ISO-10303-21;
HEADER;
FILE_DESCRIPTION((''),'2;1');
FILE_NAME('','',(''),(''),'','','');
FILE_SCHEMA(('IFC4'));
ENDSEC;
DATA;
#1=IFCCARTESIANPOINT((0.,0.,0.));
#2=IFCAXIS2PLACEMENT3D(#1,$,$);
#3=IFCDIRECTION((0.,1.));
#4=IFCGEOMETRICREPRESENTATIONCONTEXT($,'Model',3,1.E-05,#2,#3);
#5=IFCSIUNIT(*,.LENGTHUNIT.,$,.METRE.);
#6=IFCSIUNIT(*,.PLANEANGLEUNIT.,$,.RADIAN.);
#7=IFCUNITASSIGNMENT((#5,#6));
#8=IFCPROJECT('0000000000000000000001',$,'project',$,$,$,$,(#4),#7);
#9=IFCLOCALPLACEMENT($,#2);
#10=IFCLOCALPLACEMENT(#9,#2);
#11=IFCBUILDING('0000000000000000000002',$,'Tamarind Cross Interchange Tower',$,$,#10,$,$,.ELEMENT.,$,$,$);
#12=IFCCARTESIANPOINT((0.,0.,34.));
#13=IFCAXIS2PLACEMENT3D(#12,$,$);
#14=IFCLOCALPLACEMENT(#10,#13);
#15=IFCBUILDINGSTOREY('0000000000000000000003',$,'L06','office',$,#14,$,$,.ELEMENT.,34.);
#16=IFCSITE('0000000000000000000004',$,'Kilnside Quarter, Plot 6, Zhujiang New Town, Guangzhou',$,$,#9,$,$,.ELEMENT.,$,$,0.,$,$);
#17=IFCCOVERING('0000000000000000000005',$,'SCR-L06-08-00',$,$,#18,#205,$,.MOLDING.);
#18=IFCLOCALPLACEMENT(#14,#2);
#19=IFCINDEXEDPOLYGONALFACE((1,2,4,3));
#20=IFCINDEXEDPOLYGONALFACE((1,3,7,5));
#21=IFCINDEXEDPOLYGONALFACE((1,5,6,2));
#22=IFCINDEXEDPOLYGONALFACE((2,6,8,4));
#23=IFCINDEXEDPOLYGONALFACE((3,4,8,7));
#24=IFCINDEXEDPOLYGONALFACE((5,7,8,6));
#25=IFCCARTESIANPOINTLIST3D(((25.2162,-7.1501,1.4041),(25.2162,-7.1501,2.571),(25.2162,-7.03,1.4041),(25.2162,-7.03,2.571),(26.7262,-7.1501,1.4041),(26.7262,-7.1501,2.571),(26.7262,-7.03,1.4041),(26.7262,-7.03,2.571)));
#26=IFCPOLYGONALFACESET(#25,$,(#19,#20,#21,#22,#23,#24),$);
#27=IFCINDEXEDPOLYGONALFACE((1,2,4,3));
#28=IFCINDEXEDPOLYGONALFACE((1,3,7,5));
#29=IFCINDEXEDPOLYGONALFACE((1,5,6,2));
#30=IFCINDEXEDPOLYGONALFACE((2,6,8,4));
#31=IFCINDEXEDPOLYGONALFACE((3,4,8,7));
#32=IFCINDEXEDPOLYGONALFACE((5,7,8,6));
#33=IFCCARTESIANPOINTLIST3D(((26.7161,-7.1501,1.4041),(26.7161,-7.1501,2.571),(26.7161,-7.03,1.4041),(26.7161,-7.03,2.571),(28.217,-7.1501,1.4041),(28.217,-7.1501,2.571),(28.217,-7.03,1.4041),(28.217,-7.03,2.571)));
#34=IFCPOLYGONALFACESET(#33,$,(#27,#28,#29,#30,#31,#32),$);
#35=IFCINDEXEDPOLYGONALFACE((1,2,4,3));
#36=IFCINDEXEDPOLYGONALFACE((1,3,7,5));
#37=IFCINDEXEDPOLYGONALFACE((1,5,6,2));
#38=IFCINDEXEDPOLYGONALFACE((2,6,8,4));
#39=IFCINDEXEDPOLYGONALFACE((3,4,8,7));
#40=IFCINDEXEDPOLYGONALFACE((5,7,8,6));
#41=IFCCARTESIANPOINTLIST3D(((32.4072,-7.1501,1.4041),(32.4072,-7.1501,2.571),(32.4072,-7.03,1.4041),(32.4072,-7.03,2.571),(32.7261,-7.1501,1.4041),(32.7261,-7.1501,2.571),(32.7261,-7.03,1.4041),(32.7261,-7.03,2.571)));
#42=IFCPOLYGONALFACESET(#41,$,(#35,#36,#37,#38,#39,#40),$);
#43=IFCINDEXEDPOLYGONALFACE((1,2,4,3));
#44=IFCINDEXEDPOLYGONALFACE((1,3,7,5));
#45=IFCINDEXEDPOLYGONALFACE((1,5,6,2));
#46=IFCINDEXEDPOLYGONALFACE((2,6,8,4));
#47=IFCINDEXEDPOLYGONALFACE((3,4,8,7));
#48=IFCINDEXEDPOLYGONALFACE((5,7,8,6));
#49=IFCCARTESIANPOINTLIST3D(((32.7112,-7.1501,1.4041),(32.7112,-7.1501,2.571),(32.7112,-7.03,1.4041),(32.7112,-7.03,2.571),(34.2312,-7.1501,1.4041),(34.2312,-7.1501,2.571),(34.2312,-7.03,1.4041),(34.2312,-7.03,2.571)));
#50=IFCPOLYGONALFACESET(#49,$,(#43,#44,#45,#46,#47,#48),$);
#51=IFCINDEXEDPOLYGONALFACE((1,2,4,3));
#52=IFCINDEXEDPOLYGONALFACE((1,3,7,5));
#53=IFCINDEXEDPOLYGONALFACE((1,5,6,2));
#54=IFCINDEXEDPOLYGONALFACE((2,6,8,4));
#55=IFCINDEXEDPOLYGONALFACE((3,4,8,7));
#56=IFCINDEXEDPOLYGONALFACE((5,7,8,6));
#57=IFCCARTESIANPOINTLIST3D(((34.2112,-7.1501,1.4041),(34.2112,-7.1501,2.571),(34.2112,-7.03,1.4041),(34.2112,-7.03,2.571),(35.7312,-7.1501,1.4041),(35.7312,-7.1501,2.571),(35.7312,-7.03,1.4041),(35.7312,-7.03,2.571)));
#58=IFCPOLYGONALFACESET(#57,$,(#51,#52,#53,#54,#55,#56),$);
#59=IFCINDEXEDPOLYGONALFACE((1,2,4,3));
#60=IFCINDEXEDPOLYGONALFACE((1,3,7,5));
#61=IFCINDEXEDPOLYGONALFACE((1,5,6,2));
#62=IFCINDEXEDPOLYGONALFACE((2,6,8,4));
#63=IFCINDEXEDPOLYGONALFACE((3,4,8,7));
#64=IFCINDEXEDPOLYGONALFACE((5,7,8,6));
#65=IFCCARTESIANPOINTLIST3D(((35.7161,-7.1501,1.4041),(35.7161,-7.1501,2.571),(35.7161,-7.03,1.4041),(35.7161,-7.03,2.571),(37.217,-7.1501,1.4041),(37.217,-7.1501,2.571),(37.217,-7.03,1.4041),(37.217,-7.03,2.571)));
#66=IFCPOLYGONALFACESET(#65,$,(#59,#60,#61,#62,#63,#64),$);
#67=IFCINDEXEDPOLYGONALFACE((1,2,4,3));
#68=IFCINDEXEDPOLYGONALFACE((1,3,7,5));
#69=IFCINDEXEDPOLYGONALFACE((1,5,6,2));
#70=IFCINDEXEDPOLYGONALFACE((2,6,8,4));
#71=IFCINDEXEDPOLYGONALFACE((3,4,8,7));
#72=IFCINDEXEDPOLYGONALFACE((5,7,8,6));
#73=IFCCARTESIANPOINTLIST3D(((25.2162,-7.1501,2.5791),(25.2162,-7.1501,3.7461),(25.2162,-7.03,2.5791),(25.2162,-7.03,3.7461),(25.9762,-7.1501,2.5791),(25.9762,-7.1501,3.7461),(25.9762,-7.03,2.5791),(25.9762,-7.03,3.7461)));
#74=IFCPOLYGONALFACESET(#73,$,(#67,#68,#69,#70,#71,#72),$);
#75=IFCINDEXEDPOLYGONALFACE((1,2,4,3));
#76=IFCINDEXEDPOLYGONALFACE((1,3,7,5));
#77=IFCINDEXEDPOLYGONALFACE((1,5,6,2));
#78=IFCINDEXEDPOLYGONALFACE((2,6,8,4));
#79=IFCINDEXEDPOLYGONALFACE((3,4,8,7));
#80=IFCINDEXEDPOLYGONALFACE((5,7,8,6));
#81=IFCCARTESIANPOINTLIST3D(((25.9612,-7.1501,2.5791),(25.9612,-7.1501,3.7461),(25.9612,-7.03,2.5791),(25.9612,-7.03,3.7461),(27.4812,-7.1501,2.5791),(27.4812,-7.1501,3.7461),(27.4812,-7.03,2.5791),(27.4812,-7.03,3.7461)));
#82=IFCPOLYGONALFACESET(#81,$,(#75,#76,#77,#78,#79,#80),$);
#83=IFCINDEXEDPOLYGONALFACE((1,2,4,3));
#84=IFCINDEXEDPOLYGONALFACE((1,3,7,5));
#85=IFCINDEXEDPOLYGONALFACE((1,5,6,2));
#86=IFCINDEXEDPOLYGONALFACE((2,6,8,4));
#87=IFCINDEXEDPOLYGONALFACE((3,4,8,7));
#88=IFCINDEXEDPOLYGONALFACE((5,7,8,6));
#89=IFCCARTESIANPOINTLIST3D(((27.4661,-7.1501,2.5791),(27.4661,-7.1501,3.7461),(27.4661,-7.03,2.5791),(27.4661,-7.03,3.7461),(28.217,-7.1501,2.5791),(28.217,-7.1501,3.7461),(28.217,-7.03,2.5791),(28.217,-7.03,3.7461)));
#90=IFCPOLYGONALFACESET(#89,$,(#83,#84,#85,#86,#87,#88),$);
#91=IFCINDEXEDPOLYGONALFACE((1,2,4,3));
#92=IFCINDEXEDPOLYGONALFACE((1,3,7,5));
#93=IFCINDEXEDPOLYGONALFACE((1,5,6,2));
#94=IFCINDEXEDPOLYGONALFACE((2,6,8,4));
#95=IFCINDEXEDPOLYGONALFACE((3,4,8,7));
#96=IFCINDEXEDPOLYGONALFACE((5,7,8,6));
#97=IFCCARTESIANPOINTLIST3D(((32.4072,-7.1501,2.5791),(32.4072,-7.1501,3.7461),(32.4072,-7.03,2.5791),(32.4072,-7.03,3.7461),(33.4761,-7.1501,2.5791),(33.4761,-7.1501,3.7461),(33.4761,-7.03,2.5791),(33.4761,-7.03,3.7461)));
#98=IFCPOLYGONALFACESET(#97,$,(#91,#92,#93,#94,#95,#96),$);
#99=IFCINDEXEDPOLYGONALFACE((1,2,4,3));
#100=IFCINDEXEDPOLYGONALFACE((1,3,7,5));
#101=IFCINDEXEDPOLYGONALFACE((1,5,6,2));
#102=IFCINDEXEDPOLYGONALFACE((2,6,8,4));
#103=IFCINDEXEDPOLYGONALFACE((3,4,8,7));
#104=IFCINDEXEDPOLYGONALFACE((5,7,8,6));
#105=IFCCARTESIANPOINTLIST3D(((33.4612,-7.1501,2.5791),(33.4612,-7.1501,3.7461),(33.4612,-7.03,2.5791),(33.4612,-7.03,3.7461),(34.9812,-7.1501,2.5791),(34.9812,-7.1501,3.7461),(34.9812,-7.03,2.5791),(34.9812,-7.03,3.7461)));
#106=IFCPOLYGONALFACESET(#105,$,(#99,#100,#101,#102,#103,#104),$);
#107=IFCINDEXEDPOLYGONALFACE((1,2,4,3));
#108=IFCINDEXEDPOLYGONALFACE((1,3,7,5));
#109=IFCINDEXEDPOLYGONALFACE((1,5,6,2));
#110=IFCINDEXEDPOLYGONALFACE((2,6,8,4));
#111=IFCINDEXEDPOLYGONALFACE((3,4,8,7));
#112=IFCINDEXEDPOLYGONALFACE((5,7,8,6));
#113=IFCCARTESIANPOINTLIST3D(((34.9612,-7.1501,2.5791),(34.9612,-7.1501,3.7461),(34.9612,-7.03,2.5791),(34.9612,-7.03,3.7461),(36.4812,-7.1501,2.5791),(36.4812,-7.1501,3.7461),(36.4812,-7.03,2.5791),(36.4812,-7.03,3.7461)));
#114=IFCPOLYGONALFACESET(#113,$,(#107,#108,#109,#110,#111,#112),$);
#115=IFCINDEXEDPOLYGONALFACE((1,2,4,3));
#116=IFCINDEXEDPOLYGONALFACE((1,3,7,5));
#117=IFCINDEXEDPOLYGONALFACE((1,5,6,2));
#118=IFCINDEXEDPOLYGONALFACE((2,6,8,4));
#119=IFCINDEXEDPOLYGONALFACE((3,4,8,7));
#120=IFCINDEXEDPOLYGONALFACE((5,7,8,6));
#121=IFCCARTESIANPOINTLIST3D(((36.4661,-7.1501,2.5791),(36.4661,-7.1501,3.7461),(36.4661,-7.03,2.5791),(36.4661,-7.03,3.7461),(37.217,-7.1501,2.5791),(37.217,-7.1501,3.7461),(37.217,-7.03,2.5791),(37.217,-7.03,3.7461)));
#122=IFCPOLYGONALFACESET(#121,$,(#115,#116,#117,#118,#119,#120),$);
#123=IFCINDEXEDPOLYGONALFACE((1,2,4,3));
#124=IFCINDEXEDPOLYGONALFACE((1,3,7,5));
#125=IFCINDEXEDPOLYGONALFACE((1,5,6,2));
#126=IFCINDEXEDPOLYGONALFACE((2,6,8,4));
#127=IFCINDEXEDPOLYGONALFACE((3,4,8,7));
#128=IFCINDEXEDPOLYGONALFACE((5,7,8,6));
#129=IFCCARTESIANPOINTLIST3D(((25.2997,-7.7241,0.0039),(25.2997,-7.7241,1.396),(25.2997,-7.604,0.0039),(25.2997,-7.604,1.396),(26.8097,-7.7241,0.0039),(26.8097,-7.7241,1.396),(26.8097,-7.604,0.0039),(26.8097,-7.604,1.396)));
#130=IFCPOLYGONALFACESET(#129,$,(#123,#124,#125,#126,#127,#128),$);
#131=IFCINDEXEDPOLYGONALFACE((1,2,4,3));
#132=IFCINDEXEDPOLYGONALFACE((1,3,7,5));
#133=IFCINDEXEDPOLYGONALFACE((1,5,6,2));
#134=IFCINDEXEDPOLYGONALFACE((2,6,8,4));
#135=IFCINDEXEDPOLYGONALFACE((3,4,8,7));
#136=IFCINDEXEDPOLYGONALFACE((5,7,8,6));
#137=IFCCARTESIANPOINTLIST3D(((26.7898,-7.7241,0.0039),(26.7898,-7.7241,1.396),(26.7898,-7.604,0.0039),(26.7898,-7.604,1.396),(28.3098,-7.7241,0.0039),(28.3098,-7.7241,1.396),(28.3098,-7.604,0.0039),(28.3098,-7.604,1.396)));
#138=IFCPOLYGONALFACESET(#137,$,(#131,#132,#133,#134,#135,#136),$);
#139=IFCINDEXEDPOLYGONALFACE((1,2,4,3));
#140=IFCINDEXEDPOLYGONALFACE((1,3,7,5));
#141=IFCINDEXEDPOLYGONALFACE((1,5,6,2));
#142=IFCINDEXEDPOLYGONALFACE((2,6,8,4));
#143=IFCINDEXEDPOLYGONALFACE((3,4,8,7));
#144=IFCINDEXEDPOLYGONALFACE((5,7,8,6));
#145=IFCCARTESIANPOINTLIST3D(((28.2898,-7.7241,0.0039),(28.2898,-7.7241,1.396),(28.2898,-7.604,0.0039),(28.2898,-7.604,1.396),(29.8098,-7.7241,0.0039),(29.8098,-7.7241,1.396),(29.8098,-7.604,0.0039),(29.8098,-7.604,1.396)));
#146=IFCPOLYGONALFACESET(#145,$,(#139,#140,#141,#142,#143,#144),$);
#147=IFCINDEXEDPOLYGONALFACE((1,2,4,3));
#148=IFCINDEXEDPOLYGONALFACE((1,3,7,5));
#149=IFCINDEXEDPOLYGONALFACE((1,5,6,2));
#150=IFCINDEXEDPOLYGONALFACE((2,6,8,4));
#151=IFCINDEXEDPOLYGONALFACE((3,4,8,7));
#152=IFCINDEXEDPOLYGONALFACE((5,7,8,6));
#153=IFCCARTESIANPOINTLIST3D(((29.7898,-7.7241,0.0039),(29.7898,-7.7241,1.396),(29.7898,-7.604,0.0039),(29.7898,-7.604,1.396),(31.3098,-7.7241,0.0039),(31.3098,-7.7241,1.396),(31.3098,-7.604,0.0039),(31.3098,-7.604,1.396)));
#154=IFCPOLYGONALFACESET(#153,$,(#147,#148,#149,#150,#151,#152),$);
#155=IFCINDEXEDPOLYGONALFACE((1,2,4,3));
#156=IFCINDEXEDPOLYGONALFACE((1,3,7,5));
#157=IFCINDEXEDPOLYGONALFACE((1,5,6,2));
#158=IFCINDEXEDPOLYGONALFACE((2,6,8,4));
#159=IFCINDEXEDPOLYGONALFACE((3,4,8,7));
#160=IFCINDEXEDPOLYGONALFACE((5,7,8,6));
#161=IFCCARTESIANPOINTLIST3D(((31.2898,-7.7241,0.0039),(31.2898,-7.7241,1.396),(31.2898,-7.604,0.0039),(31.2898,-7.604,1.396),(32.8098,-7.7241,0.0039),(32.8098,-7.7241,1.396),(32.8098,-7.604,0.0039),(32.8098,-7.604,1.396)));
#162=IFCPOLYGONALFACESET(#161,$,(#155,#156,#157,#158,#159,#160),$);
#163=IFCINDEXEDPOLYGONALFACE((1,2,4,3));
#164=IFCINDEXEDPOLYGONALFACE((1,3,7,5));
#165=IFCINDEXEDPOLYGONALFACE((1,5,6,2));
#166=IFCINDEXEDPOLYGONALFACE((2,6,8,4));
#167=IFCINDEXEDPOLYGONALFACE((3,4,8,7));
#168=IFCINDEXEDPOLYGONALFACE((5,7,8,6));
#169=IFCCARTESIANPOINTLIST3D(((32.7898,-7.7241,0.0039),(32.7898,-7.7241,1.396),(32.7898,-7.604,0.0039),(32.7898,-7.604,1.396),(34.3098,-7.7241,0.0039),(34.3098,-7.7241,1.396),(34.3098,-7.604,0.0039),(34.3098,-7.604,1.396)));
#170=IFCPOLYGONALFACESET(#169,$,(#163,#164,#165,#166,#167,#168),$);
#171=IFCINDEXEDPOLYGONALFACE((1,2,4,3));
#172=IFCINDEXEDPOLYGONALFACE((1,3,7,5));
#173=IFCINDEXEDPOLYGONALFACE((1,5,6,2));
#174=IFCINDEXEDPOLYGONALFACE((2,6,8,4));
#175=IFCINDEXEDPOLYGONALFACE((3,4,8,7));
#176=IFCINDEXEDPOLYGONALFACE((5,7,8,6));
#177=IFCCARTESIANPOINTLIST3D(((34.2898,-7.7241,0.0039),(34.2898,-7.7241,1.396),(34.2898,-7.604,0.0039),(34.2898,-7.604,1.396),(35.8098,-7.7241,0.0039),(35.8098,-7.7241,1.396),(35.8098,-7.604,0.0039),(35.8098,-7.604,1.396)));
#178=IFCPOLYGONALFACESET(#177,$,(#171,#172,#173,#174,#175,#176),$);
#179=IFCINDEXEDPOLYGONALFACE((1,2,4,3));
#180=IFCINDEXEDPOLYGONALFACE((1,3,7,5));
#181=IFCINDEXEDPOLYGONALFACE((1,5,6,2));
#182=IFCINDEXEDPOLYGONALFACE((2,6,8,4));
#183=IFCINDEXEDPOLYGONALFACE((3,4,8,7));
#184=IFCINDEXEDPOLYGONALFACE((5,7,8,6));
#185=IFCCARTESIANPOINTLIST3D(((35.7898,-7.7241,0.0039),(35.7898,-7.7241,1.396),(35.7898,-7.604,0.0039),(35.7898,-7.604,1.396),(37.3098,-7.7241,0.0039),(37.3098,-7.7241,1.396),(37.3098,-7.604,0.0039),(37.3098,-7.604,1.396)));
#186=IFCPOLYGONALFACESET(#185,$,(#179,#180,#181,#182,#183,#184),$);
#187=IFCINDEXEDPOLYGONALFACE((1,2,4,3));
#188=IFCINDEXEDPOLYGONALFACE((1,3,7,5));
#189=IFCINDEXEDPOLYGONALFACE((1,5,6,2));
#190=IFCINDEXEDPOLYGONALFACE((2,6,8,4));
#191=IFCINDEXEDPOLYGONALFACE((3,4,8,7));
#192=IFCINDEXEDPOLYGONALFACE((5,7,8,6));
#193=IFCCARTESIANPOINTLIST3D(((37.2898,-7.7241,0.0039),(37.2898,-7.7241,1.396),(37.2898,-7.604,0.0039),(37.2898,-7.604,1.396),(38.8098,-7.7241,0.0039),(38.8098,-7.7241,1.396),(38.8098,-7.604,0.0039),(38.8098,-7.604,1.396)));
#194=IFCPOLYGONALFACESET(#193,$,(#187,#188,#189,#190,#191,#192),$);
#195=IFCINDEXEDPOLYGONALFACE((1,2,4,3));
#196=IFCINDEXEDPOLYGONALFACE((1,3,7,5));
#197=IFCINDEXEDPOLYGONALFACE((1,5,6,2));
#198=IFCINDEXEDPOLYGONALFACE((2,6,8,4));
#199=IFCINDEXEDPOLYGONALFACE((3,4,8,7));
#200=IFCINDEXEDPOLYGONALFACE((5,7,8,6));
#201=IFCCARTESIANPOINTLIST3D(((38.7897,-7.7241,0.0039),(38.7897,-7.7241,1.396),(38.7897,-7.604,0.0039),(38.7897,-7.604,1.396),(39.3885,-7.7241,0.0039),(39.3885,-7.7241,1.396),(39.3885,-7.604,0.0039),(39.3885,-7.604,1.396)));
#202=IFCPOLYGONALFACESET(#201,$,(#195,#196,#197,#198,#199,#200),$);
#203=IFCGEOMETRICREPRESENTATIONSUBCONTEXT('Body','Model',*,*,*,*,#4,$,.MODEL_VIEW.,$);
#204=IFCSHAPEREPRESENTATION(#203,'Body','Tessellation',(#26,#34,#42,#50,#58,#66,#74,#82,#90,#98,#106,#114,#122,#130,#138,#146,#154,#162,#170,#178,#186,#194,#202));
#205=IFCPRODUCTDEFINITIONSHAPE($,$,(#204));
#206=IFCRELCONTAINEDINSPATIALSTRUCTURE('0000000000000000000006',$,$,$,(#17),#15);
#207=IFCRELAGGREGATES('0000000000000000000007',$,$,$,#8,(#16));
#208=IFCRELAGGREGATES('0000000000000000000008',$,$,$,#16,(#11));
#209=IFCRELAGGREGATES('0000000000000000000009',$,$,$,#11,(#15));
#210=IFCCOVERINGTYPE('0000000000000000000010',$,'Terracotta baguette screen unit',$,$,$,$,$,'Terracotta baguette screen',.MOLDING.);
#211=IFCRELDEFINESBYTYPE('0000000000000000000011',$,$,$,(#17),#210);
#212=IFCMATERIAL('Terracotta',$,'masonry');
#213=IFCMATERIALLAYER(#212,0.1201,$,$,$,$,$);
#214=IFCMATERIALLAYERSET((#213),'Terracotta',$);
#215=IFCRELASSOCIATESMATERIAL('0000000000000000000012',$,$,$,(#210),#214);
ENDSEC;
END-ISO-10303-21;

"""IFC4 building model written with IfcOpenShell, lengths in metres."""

from ifc_helpers import new_model, si_unit, direction, frame, origin, origin_2d, place, context, subcontext, project, spatial, rectangle, extrude, material, layer, layer_set, type_object, element, save


model = new_model("IFC4")

# Units and contexts
model_context = context("Model", 3, precision=1e-05, world=origin(), true_north=direction((0.0, 1.0)))
body_context = subcontext(model_context, "Body", "Model", "MODEL_VIEW")
ifc_project = project(units=[si_unit("LENGTHUNIT", "METRE"), si_unit("PLANEANGLEUNIT", "RADIAN")], contexts=[model_context])

# Site, building, storey
site_placement = place(None, origin())
site = spatial("IfcSite", under=ifc_project, at=site_placement, Name="Kilnside Quarter, Plot 6, Zhujiang New Town, Guangzhou", CompositionType="ELEMENT", RefElevation=0.0)
building_placement = place(site_placement, origin())
building = spatial("IfcBuilding", under=site, at=building_placement, Name="Tamarind Cross Interchange Tower", CompositionType="ELEMENT")
storey_placement = place(building_placement, frame((0.0, 0.0, 34.0)))
storey = spatial("IfcBuildingStorey", under=building, at=storey_placement, Name="L06", Description="office", CompositionType="ELEMENT", Elevation=34.0)

# Covering
ifc_material_1 = material(Name="Terracotta", Category="masonry")
ifc_layer_1 = layer(ifc_material_1, 0.1201)
ifc_layer_set_1 = layer_set([ifc_layer_1], Name="Terracotta")
covering_type = type_object("IfcCoveringType", Name="Terracotta baguette screen unit", ElementType="Terracotta baguette screen", PredefinedType="MOLDING", material=ifc_layer_set_1)
covering_1_placement = place(storey_placement, origin())
element("IfcCovering", 1, at=covering_1_placement, inside=storey, type_object=covering_type, Name="SCR-L06-08-00", PredefinedType="MOLDING", context=body_context, shape_type="SweptSolid", body=[
    extrude(rectangle(XDim=1.51, YDim=0.1201, at=origin_2d()), frame((25.9712, -7.0901, 1.4041), z_axis=(0.0, 0.0, 1.0), x_axis=(1.0, 0.0, 0.0)), (0.0, 0.0, 1.0), 1.167),
    extrude(rectangle(XDim=1.501, YDim=0.1201, at=origin_2d()), frame((27.4666, -7.0901, 1.4041), z_axis=(0.0, 0.0, 1.0), x_axis=(1.0, 0.0, 0.0)), (0.0, 0.0, 1.0), 1.167),
    extrude(rectangle(XDim=0.3188, YDim=0.1201, at=origin_2d()), frame((32.5667, -7.0901, 1.4041), z_axis=(0.0, 0.0, 1.0), x_axis=(1.0, 0.0, 0.0)), (0.0, 0.0, 1.0), 1.167),
    extrude(rectangle(XDim=1.52, YDim=0.1201, at=origin_2d()), frame((33.4712, -7.0901, 1.4041), z_axis=(0.0, 0.0, 1.0), x_axis=(1.0, 0.0, 0.0)), (0.0, 0.0, 1.0), 1.167),
    extrude(rectangle(XDim=1.52, YDim=0.1201, at=origin_2d()), frame((34.9712, -7.0901, 1.4041), z_axis=(0.0, 0.0, 1.0), x_axis=(1.0, 0.0, 0.0)), (0.0, 0.0, 1.0), 1.167),
    extrude(rectangle(XDim=1.501, YDim=0.1201, at=origin_2d()), frame((36.4666, -7.0901, 1.4041), z_axis=(0.0, 0.0, 1.0), x_axis=(1.0, 0.0, 0.0)), (0.0, 0.0, 1.0), 1.167),
    extrude(rectangle(XDim=0.76, YDim=0.1201, at=origin_2d()), frame((25.5962, -7.0901, 2.5791), z_axis=(0.0, 0.0, 1.0), x_axis=(1.0, 0.0, 0.0)), (0.0, 0.0, 1.0), 1.167),
    extrude(rectangle(XDim=1.52, YDim=0.1201, at=origin_2d()), frame((26.7212, -7.0901, 2.5791), z_axis=(0.0, 0.0, 1.0), x_axis=(1.0, 0.0, 0.0)), (0.0, 0.0, 1.0), 1.167),
    extrude(rectangle(XDim=0.751, YDim=0.1201, at=origin_2d()), frame((27.8416, -7.0901, 2.5791), z_axis=(0.0, 0.0, 1.0), x_axis=(1.0, 0.0, 0.0)), (0.0, 0.0, 1.0), 1.167),
    extrude(rectangle(XDim=1.0688, YDim=0.1201, at=origin_2d()), frame((32.9417, -7.0901, 2.5791), z_axis=(0.0, 0.0, 1.0), x_axis=(1.0, 0.0, 0.0)), (0.0, 0.0, 1.0), 1.167),
    extrude(rectangle(XDim=1.52, YDim=0.1201, at=origin_2d()), frame((34.2212, -7.0901, 2.5791), z_axis=(0.0, 0.0, 1.0), x_axis=(1.0, 0.0, 0.0)), (0.0, 0.0, 1.0), 1.167),
    extrude(rectangle(XDim=1.52, YDim=0.1201, at=origin_2d()), frame((35.7212, -7.0901, 2.5791), z_axis=(0.0, 0.0, 1.0), x_axis=(1.0, 0.0, 0.0)), (0.0, 0.0, 1.0), 1.167),
    extrude(rectangle(XDim=0.751, YDim=0.1201, at=origin_2d()), frame((36.8416, -7.0901, 2.5791), z_axis=(0.0, 0.0, 1.0), x_axis=(1.0, 0.0, 0.0)), (0.0, 0.0, 1.0), 1.167),
    extrude(rectangle(XDim=1.51, YDim=0.1201, at=origin_2d()), frame((26.0547, -7.6641, 0.0039), z_axis=(0.0, 0.0, 1.0), x_axis=(1.0, 0.0, 0.0)), (0.0, 0.0, 1.0), 1.3921),
    extrude(rectangle(XDim=1.52, YDim=0.1201, at=origin_2d()), frame((27.5498, -7.6641, 0.0039), z_axis=(0.0, 0.0, 1.0), x_axis=(1.0, 0.0, 0.0)), (0.0, 0.0, 1.0), 1.3921),
    extrude(rectangle(XDim=1.52, YDim=0.1201, at=origin_2d()), frame((29.0498, -7.6641, 0.0039), z_axis=(0.0, 0.0, 1.0), x_axis=(1.0, 0.0, 0.0)), (0.0, 0.0, 1.0), 1.3921),
    extrude(rectangle(XDim=1.52, YDim=0.1201, at=origin_2d()), frame((30.5498, -7.6641, 0.0039), z_axis=(0.0, 0.0, 1.0), x_axis=(1.0, 0.0, 0.0)), (0.0, 0.0, 1.0), 1.3921),
    extrude(rectangle(XDim=1.52, YDim=0.1201, at=origin_2d()), frame((32.0498, -7.6641, 0.0039), z_axis=(0.0, 0.0, 1.0), x_axis=(1.0, 0.0, 0.0)), (0.0, 0.0, 1.0), 1.3921),
    extrude(rectangle(XDim=1.52, YDim=0.1201, at=origin_2d()), frame((33.5498, -7.6641, 0.0039), z_axis=(0.0, 0.0, 1.0), x_axis=(1.0, 0.0, 0.0)), (0.0, 0.0, 1.0), 1.3921),
    extrude(rectangle(XDim=1.52, YDim=0.1201, at=origin_2d()), frame((35.0498, -7.6641, 0.0039), z_axis=(0.0, 0.0, 1.0), x_axis=(1.0, 0.0, 0.0)), (0.0, 0.0, 1.0), 1.3921),
    extrude(rectangle(XDim=1.52, YDim=0.1201, at=origin_2d()), frame((36.5498, -7.6641, 0.0039), z_axis=(0.0, 0.0, 1.0), x_axis=(1.0, 0.0, 0.0)), (0.0, 0.0, 1.0), 1.3921),
    extrude(rectangle(XDim=1.52, YDim=0.1201, at=origin_2d()), frame((38.0498, -7.6641, 0.0039), z_axis=(0.0, 0.0, 1.0), x_axis=(1.0, 0.0, 0.0)), (0.0, 0.0, 1.0), 1.3921),
    extrude(rectangle(XDim=0.5989, YDim=0.1201, at=origin_2d()), frame((39.0891, -7.6641, 0.0039), z_axis=(0.0, 0.0, 1.0), x_axis=(1.0, 0.0, 0.0)), (0.0, 0.0, 1.0), 1.3921),
])

save(model, "model.ifc")
